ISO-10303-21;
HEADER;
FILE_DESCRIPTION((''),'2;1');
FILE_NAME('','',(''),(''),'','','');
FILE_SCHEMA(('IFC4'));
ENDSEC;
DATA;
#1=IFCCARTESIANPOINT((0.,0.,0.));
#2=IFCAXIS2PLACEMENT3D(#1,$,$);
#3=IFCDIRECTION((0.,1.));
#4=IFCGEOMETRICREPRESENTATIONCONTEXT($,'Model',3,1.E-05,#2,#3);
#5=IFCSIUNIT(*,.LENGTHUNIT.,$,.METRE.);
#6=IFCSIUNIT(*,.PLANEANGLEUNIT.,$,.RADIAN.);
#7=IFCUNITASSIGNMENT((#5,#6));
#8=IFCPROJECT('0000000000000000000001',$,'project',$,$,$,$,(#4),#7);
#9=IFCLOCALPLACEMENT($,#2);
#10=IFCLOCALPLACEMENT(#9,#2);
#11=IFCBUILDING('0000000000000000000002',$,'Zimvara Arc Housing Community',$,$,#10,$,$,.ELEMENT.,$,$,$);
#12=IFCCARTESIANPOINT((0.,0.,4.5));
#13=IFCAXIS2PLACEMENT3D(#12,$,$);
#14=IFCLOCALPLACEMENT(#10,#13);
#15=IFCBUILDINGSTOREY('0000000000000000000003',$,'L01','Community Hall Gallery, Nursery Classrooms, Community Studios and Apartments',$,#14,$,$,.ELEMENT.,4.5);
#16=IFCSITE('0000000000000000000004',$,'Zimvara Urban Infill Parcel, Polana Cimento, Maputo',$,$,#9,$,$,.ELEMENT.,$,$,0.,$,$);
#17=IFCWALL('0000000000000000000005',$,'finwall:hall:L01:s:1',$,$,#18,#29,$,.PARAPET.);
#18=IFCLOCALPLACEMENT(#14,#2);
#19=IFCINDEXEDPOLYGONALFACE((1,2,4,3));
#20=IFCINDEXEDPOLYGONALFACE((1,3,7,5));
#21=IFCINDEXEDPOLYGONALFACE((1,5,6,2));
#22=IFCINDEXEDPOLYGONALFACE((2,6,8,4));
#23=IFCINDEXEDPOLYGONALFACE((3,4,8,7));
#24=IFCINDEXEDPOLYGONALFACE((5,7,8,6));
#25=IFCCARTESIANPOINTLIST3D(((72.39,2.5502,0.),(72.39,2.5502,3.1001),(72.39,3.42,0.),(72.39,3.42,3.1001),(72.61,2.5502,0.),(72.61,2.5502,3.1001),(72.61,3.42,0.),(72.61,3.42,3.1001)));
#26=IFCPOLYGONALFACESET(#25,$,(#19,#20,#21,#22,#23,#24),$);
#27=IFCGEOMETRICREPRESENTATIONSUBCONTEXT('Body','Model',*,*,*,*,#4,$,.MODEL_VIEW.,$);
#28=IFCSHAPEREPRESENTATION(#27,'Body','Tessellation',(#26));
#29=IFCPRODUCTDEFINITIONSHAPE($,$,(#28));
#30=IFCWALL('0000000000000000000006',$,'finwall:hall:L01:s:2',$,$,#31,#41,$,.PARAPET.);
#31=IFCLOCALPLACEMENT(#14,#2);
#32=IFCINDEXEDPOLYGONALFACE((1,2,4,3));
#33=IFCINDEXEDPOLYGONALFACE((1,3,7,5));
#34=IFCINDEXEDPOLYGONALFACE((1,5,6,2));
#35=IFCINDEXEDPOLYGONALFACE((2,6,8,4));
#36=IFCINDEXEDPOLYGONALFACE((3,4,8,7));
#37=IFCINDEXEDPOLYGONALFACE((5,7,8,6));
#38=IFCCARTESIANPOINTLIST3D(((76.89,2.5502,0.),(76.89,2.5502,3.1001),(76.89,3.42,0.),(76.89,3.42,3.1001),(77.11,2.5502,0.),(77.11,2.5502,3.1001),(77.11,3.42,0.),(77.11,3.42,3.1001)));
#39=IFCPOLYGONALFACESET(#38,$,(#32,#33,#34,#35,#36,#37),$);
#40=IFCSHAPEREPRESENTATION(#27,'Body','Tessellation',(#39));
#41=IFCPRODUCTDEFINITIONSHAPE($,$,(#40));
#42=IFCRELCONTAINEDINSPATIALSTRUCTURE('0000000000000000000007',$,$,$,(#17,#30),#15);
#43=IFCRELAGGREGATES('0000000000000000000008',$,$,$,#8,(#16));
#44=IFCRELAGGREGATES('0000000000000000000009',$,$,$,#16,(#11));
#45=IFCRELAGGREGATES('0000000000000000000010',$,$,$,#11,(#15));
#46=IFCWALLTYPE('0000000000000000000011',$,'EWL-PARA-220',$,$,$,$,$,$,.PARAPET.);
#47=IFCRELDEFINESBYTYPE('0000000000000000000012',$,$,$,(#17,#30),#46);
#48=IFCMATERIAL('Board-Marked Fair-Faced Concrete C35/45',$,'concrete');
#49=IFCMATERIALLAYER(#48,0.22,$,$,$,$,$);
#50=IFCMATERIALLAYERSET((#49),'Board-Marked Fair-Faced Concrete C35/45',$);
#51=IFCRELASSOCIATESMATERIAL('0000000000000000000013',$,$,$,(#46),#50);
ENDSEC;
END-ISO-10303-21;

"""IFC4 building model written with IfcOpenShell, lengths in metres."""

from ifc_helpers import new_model, si_unit, direction, frame, frame_2d, origin, place, context, subcontext, project, spatial, rectangle, extrude, material, layer, layer_set, type_object, element, save


model = new_model("IFC4")

# Units and contexts
model_context = context("Model", 3, precision=1e-05, world=origin(), true_north=direction((0.0, 1.0)))
body_context = subcontext(model_context, "Body", "Model", "MODEL_VIEW")
ifc_project = project(units=[si_unit("LENGTHUNIT", "METRE"), si_unit("PLANEANGLEUNIT", "RADIAN")], contexts=[model_context])

# Site, building, storey
site_placement = place(None, origin())
site = spatial("IfcSite", under=ifc_project, at=site_placement, Name="Zimvara Urban Infill Parcel, Polana Cimento, Maputo", CompositionType="ELEMENT", RefElevation=0.0)
building_placement = place(site_placement, origin())
building = spatial("IfcBuilding", under=site, at=building_placement, Name="Zimvara Arc Housing Community", CompositionType="ELEMENT")
storey_placement = place(building_placement, frame((0.0, 0.0, 4.5)))
storey = spatial("IfcBuildingStorey", under=building, at=storey_placement, Name="L01", Description="Community Hall Gallery, Nursery Classrooms, Community Studios and Apartments", CompositionType="ELEMENT", Elevation=4.5)

# Walls
ifc_material_1 = material(Name="Board-Marked Fair-Faced Concrete C35/45", Category="concrete")
ifc_layer_1 = layer(ifc_material_1, 0.22)
ifc_layer_set_1 = layer_set([ifc_layer_1], Name="Board-Marked Fair-Faced Concrete C35/45")
wall_type_1 = type_object("IfcWallType", Name="EWL-PARA-220", PredefinedType="PARAPET", material=ifc_layer_set_1)
for number, where, z_axis, x_axis, name in (
    (1, (72.5, 2.55, 0.0), (0.0, 0.0, 1.0), (0.0, 1.0, 0.0), "finwall:hall:L01:s:1"),
    (2, (77.0, 2.55, 0.0), (0.0, 0.0, 1.0), (0.0, 1.0, 0.0), "finwall:hall:L01:s:2"),
):
    element("IfcWall", number, at=place(storey_placement, frame(where, z_axis=z_axis, x_axis=x_axis)), inside=storey, type_object=wall_type_1, Name=name, PredefinedType="PARAPET", context=body_context, shape_type="SweptSolid", body=[
        extrude(rectangle(XDim=0.8699, YDim=0.22, at=frame_2d((0.4351, 0.0))), origin(), (0.0, 0.0, 1.0), 3.1001),
    ])

save(model, "model.ifc")
